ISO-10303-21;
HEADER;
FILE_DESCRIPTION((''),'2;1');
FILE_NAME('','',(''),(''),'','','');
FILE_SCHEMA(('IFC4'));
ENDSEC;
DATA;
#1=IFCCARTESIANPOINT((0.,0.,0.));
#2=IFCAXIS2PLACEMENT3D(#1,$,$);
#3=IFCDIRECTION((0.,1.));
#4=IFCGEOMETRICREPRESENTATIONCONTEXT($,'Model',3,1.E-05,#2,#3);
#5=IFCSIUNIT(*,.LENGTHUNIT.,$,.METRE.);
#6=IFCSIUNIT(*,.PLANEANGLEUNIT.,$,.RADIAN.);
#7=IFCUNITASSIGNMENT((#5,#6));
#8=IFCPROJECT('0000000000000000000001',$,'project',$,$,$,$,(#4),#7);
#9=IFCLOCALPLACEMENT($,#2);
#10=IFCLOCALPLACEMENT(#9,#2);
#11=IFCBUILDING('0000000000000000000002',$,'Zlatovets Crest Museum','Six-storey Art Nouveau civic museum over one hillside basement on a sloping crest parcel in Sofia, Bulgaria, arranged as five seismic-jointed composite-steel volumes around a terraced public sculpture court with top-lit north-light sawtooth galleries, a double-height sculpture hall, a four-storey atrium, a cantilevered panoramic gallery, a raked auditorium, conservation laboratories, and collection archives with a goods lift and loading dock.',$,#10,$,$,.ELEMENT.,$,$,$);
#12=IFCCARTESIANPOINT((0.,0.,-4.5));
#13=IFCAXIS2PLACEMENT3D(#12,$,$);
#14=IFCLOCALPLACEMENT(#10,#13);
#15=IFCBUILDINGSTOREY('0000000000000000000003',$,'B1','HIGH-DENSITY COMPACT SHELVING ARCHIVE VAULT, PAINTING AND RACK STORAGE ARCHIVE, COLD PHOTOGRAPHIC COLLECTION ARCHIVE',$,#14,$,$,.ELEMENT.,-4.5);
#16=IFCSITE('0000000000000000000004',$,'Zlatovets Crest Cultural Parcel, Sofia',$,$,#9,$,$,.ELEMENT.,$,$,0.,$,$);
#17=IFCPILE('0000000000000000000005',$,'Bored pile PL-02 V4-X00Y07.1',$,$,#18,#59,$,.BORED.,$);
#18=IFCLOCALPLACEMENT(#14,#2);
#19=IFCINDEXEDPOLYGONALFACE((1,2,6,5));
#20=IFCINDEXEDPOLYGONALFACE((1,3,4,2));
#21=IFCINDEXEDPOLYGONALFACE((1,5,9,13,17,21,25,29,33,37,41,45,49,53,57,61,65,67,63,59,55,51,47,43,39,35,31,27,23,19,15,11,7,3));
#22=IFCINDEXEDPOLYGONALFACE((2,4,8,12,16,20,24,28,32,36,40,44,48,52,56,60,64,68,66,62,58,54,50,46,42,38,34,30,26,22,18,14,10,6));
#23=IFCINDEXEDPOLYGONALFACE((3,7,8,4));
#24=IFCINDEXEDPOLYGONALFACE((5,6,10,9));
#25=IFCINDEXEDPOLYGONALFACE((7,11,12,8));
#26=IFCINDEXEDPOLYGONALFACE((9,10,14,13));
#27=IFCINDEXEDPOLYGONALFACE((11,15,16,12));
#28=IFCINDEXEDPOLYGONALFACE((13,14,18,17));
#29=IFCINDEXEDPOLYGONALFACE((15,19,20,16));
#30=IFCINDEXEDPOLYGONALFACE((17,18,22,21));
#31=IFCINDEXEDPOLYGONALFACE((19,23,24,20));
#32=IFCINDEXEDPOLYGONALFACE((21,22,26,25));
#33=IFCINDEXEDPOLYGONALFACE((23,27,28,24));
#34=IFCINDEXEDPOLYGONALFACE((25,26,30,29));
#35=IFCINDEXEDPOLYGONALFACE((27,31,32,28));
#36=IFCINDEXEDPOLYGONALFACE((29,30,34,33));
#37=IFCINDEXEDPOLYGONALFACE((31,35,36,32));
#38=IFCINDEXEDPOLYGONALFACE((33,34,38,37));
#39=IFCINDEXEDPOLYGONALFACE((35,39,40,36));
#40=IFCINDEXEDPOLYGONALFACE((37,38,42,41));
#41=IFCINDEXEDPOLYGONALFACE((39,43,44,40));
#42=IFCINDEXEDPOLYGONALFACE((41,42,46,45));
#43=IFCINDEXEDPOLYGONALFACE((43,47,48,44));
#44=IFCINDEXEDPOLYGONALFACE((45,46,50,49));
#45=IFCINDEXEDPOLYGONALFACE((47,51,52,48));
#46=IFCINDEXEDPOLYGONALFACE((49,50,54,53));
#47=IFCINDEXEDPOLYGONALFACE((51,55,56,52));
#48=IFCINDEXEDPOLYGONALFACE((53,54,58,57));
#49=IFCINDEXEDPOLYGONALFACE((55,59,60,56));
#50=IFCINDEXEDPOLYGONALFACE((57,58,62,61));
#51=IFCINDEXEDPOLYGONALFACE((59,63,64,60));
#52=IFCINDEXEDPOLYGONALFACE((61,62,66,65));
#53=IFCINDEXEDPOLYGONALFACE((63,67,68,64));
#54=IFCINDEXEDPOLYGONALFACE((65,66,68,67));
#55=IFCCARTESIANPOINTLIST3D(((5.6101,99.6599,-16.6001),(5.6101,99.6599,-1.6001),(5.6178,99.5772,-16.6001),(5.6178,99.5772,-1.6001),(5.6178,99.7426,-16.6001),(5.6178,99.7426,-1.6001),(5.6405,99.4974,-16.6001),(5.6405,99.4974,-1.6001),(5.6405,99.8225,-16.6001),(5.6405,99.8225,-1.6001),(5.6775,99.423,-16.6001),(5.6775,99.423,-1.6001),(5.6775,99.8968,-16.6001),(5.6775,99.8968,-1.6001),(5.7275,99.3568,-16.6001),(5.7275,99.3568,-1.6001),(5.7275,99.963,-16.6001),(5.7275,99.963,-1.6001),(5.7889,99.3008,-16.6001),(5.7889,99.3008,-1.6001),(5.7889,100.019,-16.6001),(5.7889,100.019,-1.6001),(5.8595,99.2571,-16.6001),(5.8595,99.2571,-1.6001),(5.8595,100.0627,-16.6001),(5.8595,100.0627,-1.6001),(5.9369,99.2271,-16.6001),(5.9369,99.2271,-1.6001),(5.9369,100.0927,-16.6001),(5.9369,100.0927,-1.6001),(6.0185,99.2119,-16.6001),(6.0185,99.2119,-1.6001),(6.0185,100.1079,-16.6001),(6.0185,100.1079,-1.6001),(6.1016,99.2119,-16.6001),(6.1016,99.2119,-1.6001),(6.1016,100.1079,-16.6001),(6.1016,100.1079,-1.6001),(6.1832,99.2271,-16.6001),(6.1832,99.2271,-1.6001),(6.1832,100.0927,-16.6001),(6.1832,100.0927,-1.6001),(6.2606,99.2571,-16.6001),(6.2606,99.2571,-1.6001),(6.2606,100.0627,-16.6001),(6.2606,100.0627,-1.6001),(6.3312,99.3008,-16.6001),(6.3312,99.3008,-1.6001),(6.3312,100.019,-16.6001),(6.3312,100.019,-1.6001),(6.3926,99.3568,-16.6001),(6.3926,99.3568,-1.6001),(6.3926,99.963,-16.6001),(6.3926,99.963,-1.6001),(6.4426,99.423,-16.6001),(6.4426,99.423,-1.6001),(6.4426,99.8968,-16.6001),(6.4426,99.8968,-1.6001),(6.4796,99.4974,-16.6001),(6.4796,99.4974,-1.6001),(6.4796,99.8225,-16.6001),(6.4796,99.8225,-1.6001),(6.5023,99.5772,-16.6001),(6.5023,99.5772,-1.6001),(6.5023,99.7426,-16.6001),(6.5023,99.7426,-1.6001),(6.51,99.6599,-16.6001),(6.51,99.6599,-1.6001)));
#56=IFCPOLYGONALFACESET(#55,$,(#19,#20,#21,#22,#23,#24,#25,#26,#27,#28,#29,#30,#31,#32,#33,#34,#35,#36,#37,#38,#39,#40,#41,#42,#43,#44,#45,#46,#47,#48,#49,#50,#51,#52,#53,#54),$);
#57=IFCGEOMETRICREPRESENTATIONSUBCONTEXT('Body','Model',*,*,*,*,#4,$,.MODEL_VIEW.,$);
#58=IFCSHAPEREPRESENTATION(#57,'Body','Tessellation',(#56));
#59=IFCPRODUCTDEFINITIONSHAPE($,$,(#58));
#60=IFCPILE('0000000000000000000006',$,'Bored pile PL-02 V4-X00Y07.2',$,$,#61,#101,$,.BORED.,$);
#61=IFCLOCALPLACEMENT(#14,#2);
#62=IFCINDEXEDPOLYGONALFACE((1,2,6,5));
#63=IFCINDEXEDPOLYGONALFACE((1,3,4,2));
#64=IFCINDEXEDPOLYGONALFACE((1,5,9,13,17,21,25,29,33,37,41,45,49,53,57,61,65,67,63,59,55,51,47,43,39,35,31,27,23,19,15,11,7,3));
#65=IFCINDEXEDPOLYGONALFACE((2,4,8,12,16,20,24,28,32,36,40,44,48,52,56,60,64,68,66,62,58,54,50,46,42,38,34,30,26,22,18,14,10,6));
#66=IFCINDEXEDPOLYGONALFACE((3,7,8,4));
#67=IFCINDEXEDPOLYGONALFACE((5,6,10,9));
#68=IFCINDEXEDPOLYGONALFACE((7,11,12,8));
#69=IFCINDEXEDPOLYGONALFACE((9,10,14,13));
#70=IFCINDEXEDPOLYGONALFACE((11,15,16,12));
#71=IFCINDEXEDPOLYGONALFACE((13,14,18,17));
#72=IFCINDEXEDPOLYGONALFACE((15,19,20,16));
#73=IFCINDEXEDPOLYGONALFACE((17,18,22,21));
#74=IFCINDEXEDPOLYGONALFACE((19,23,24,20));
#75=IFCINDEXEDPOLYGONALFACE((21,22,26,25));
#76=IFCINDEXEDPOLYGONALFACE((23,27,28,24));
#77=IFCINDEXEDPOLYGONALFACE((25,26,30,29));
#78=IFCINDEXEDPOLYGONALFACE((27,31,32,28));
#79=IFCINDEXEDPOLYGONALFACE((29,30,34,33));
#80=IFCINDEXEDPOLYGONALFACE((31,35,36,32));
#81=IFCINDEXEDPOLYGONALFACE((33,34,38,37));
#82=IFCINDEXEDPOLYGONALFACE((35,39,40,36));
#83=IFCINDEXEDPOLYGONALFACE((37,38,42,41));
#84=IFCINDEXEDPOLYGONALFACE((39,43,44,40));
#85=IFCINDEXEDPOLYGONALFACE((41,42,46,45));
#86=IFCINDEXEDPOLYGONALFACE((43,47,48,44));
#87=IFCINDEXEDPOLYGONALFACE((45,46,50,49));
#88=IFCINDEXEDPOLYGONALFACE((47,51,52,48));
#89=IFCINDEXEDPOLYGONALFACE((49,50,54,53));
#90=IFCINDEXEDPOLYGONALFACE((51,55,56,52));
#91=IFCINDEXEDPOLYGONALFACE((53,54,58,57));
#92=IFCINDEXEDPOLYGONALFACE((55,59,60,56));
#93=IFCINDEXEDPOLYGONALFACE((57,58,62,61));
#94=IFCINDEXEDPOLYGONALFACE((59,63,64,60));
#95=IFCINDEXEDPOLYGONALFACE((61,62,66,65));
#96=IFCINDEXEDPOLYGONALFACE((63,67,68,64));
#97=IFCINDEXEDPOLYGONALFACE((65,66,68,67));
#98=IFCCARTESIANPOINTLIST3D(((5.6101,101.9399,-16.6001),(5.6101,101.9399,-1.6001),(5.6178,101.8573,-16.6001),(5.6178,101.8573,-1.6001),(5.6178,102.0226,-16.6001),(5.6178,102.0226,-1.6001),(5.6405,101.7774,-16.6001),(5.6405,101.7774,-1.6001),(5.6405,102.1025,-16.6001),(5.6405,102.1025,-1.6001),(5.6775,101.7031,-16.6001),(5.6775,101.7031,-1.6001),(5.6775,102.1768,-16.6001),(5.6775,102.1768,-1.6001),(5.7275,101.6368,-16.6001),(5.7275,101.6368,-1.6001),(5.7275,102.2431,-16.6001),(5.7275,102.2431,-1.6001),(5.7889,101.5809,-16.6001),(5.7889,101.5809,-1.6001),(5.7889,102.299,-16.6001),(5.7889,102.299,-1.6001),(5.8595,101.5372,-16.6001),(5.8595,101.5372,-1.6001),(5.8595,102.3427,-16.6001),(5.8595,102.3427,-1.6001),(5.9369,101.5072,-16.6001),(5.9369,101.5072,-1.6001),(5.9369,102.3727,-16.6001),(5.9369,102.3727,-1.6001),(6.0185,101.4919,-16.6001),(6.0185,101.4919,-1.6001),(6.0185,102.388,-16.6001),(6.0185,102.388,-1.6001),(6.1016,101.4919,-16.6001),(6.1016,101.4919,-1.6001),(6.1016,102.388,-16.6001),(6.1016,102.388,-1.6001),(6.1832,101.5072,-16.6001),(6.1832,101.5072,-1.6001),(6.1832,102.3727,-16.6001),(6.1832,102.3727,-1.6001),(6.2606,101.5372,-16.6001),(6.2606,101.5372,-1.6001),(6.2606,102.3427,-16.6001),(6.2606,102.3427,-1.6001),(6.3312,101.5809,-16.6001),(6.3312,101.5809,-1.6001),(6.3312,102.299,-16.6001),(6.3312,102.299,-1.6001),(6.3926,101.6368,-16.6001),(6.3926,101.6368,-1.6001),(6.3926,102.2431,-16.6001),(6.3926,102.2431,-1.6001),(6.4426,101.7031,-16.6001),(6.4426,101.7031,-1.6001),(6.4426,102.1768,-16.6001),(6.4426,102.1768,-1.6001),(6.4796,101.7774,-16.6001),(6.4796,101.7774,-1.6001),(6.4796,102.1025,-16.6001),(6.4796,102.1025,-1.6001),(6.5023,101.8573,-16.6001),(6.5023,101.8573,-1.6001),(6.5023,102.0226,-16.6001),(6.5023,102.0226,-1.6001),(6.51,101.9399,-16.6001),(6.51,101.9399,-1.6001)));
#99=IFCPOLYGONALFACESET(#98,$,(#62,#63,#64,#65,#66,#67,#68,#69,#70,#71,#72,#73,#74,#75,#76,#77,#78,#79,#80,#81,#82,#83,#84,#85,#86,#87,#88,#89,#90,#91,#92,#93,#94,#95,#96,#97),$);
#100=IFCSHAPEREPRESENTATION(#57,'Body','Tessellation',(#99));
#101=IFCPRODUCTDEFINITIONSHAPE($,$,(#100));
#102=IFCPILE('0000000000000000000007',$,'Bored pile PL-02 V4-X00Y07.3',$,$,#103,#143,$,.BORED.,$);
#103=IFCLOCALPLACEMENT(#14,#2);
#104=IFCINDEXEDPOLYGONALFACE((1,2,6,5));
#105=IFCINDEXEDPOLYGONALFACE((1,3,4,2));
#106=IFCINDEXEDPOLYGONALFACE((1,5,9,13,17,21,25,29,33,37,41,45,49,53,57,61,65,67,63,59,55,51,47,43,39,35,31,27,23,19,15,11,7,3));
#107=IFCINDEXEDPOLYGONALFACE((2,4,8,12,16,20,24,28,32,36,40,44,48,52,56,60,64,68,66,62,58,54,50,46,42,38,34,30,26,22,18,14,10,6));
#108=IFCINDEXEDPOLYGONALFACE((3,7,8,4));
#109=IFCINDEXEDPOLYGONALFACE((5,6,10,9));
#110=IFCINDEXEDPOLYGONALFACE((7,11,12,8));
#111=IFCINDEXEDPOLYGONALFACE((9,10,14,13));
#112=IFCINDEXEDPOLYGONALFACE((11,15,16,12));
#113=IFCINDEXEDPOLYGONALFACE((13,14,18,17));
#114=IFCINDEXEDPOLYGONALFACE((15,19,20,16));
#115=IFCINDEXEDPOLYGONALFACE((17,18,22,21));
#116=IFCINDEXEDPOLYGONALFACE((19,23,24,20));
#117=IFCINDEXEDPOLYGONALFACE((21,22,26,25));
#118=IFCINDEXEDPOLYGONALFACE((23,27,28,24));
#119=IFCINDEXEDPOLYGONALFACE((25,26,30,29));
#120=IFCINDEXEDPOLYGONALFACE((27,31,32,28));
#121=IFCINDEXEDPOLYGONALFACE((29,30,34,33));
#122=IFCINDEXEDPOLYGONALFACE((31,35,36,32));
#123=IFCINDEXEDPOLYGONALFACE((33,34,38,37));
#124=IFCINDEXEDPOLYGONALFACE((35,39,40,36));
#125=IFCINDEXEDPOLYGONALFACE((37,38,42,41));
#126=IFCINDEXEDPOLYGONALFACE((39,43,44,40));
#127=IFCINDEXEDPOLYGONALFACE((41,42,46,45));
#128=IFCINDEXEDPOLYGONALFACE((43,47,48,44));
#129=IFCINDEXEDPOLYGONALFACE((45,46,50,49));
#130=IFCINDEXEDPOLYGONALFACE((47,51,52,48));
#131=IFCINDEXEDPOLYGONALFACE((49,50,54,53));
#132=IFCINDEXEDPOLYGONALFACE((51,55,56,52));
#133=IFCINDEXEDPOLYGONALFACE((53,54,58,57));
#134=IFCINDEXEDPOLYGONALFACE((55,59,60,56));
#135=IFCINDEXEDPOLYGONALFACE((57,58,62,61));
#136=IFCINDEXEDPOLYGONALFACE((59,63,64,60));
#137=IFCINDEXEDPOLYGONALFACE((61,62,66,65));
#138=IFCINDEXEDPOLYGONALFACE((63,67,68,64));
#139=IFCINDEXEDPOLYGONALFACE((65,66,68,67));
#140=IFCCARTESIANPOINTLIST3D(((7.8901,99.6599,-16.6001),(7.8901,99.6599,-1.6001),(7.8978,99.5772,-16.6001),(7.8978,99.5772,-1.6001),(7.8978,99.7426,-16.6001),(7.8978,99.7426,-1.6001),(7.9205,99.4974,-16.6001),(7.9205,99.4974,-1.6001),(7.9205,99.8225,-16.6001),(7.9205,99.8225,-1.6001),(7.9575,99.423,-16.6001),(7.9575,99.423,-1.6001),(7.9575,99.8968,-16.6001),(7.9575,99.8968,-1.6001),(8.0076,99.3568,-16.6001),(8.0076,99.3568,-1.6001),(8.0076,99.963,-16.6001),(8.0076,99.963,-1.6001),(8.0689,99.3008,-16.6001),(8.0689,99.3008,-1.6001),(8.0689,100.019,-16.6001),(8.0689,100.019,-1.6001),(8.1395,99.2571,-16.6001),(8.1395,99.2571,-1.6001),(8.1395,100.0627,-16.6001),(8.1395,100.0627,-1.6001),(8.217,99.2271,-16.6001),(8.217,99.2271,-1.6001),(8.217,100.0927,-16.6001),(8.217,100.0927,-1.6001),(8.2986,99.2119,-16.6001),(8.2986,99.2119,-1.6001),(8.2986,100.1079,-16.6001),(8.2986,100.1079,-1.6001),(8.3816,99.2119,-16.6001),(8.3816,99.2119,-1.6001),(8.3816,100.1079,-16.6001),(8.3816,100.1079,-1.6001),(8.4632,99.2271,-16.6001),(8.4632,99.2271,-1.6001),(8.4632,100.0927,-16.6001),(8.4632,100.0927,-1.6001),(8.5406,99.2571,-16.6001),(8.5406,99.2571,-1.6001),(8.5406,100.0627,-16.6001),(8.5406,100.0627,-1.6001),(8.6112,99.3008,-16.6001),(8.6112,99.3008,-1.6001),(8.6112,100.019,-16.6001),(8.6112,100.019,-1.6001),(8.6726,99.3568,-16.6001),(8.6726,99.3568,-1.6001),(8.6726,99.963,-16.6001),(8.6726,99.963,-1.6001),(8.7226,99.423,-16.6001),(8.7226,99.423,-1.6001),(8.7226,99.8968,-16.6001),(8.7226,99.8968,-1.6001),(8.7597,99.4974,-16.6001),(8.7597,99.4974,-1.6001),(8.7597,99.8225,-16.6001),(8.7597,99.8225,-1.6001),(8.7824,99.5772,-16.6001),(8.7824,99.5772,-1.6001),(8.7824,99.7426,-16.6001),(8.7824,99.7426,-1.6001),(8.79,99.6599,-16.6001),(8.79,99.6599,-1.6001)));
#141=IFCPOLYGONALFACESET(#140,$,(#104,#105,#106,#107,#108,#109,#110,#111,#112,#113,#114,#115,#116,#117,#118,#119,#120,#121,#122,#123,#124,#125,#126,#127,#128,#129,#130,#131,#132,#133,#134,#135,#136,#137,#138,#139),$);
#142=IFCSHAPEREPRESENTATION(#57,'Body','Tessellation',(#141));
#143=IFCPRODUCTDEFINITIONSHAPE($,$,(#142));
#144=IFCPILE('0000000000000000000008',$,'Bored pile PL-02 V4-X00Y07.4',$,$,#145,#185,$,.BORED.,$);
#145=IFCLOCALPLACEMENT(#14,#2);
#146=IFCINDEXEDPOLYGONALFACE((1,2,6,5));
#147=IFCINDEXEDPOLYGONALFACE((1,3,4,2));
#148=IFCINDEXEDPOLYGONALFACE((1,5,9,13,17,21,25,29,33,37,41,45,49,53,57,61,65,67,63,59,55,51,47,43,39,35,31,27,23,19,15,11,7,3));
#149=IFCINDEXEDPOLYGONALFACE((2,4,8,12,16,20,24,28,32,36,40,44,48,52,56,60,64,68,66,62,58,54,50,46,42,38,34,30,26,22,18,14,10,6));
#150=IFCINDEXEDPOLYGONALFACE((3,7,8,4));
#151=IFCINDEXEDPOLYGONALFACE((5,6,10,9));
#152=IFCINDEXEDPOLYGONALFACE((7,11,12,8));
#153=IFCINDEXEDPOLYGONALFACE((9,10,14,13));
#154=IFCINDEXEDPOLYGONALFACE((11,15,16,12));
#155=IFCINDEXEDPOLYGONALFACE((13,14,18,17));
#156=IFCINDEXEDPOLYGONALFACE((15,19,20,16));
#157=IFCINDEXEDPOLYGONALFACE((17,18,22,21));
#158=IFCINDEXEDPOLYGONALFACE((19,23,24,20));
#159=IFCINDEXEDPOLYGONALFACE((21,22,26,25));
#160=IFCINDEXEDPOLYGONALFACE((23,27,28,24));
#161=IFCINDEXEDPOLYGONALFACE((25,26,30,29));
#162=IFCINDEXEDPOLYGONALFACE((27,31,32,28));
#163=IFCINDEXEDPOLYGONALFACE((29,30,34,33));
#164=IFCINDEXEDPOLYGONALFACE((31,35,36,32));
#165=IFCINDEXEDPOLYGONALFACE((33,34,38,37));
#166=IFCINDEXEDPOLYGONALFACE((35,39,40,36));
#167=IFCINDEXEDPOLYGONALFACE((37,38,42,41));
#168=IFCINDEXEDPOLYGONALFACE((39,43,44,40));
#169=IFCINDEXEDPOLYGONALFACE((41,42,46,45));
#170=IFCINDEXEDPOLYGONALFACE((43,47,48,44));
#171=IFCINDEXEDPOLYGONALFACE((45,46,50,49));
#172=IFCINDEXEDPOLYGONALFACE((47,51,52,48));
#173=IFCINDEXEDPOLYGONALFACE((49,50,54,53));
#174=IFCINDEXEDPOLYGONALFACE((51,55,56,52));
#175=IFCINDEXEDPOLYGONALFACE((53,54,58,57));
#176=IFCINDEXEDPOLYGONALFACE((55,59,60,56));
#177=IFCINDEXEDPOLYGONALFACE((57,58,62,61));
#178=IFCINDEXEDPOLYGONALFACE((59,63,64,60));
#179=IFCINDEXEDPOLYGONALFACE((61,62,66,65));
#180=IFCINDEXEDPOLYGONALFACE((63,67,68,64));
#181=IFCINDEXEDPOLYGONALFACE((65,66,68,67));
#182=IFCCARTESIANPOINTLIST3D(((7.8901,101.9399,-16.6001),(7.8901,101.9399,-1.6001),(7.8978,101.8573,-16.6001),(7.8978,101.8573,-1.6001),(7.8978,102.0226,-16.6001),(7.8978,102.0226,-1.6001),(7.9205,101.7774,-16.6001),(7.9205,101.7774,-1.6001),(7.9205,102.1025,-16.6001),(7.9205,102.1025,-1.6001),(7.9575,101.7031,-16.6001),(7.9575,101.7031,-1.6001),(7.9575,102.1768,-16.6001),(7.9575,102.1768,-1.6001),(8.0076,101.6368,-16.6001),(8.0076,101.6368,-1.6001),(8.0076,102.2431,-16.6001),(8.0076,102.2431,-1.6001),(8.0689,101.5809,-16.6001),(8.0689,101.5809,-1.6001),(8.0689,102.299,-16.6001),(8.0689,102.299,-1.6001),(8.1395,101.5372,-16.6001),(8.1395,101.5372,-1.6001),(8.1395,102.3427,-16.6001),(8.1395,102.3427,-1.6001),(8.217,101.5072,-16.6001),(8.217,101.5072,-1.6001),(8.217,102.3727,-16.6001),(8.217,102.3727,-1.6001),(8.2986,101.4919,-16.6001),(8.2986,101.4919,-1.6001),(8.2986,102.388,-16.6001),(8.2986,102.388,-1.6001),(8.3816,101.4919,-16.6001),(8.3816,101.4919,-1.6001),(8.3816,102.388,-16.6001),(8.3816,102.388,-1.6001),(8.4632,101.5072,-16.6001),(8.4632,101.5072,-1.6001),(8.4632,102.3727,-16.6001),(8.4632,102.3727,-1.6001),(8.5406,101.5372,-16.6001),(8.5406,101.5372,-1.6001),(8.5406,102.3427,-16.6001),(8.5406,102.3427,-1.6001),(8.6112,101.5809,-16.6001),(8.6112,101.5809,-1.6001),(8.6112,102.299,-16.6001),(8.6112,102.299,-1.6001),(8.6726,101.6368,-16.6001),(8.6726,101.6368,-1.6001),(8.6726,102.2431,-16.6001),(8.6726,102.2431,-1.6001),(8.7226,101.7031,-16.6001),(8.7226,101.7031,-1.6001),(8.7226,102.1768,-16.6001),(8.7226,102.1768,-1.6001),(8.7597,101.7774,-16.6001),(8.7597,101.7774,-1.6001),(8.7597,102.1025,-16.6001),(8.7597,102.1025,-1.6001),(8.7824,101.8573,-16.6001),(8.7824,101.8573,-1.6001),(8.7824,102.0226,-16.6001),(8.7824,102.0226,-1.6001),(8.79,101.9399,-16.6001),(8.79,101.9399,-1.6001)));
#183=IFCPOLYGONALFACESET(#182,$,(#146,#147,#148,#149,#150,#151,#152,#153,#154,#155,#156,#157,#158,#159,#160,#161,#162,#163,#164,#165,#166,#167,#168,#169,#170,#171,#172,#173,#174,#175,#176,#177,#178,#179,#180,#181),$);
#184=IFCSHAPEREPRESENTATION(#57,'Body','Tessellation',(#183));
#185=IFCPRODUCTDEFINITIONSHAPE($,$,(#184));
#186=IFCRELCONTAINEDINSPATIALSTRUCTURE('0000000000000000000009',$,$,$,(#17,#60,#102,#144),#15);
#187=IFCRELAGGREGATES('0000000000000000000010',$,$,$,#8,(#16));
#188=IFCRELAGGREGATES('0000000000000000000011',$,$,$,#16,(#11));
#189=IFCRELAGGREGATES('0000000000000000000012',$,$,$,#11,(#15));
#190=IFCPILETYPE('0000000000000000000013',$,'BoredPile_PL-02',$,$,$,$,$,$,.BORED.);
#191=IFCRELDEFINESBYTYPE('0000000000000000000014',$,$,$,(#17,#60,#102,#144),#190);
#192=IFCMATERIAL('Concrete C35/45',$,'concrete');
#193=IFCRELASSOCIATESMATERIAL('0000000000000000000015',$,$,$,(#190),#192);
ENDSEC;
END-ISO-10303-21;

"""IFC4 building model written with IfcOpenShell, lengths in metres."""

from ifc_helpers import new_model, si_unit, direction, frame, origin, origin_2d, place, context, subcontext, project, spatial, circle, extrude, material, material_profile, profile_set, type_object, element, save


model = new_model("IFC4")

# Units and contexts
model_context = context("Model", 3, precision=1e-05, world=origin(), true_north=direction((0.0, 1.0)))
body_context = subcontext(model_context, "Body", "Model", "MODEL_VIEW")
ifc_project = project(units=[si_unit("LENGTHUNIT", "METRE"), si_unit("PLANEANGLEUNIT", "RADIAN")], contexts=[model_context])

# Site, building, storey
site_placement = place(None, origin())
site = spatial("IfcSite", under=ifc_project, at=site_placement, Name="Zlatovets Crest Cultural Parcel, Sofia", CompositionType="ELEMENT", RefElevation=0.0)
building_placement = place(site_placement, origin())
building = spatial("IfcBuilding", under=site, at=building_placement, Name="Zlatovets Crest Museum", Description="Six-storey Art Nouveau civic museum over one hillside basement on a sloping crest parcel in Sofia, Bulgaria, arranged as five seismic-jointed composite-steel volumes around a terraced public sculpture court with top-lit north-light sawtooth galleries, a double-height sculpture hall, a four-storey atrium, a cantilevered panoramic gallery, a raked auditorium, conservation laboratories, and collection archives with a goods lift and loading dock.", CompositionType="ELEMENT")
storey_placement = place(building_placement, frame((0.0, 0.0, -4.5)))
storey = spatial("IfcBuildingStorey", under=building, at=storey_placement, Name="B1", Description="HIGH-DENSITY COMPACT SHELVING ARCHIVE VAULT, PAINTING AND RACK STORAGE ARCHIVE, COLD PHOTOGRAPHIC COLLECTION ARCHIVE", CompositionType="ELEMENT", Elevation=-4.5)

# Piles
ifc_material = material(Name="Concrete C35/45", Category="concrete")
ifc_material_profile_1 = material_profile(ifc_material, circle(Radius=0.45, at=origin_2d()), Name="PILE D900")
ifc_profile_set_1 = profile_set([ifc_material_profile_1], Name="Concrete C35/45")
pile_type_1 = type_object("IfcPileType", Name="BoredPile_PL-02", PredefinedType="BORED", material=ifc_profile_set_1)
for number, where, z_axis, x_axis, name in (
    (1, (6.0601, 99.6599, -1.6001), (0.0, 0.0, -1.0), (1.0, 0.0, 0.0), "Bored pile PL-02 V4-X00Y07.1"),
    (2, (6.0601, 101.9399, -1.6001), (0.0, 0.0, -1.0), (1.0, 0.0, 0.0), "Bored pile PL-02 V4-X00Y07.2"),
    (3, (8.3401, 99.6599, -1.6001), (0.0, 0.0, -1.0), (1.0, 0.0, 0.0), "Bored pile PL-02 V4-X00Y07.3"),
    (4, (8.3401, 101.9399, -1.6001), (0.0, 0.0, -1.0), (1.0, 0.0, 0.0), "Bored pile PL-02 V4-X00Y07.4"),
):
    element("IfcPile", number, at=place(storey_placement, frame(where, z_axis=z_axis, x_axis=x_axis)), inside=storey, type_object=pile_type_1, Name=name, PredefinedType="BORED", context=body_context, shape_type="SweptSolid", body=[
        extrude(circle(Radius=0.45, at=origin_2d()), origin(), (0.0, 0.0, 1.0), 15.0),
    ])

save(model, "model.ifc")
